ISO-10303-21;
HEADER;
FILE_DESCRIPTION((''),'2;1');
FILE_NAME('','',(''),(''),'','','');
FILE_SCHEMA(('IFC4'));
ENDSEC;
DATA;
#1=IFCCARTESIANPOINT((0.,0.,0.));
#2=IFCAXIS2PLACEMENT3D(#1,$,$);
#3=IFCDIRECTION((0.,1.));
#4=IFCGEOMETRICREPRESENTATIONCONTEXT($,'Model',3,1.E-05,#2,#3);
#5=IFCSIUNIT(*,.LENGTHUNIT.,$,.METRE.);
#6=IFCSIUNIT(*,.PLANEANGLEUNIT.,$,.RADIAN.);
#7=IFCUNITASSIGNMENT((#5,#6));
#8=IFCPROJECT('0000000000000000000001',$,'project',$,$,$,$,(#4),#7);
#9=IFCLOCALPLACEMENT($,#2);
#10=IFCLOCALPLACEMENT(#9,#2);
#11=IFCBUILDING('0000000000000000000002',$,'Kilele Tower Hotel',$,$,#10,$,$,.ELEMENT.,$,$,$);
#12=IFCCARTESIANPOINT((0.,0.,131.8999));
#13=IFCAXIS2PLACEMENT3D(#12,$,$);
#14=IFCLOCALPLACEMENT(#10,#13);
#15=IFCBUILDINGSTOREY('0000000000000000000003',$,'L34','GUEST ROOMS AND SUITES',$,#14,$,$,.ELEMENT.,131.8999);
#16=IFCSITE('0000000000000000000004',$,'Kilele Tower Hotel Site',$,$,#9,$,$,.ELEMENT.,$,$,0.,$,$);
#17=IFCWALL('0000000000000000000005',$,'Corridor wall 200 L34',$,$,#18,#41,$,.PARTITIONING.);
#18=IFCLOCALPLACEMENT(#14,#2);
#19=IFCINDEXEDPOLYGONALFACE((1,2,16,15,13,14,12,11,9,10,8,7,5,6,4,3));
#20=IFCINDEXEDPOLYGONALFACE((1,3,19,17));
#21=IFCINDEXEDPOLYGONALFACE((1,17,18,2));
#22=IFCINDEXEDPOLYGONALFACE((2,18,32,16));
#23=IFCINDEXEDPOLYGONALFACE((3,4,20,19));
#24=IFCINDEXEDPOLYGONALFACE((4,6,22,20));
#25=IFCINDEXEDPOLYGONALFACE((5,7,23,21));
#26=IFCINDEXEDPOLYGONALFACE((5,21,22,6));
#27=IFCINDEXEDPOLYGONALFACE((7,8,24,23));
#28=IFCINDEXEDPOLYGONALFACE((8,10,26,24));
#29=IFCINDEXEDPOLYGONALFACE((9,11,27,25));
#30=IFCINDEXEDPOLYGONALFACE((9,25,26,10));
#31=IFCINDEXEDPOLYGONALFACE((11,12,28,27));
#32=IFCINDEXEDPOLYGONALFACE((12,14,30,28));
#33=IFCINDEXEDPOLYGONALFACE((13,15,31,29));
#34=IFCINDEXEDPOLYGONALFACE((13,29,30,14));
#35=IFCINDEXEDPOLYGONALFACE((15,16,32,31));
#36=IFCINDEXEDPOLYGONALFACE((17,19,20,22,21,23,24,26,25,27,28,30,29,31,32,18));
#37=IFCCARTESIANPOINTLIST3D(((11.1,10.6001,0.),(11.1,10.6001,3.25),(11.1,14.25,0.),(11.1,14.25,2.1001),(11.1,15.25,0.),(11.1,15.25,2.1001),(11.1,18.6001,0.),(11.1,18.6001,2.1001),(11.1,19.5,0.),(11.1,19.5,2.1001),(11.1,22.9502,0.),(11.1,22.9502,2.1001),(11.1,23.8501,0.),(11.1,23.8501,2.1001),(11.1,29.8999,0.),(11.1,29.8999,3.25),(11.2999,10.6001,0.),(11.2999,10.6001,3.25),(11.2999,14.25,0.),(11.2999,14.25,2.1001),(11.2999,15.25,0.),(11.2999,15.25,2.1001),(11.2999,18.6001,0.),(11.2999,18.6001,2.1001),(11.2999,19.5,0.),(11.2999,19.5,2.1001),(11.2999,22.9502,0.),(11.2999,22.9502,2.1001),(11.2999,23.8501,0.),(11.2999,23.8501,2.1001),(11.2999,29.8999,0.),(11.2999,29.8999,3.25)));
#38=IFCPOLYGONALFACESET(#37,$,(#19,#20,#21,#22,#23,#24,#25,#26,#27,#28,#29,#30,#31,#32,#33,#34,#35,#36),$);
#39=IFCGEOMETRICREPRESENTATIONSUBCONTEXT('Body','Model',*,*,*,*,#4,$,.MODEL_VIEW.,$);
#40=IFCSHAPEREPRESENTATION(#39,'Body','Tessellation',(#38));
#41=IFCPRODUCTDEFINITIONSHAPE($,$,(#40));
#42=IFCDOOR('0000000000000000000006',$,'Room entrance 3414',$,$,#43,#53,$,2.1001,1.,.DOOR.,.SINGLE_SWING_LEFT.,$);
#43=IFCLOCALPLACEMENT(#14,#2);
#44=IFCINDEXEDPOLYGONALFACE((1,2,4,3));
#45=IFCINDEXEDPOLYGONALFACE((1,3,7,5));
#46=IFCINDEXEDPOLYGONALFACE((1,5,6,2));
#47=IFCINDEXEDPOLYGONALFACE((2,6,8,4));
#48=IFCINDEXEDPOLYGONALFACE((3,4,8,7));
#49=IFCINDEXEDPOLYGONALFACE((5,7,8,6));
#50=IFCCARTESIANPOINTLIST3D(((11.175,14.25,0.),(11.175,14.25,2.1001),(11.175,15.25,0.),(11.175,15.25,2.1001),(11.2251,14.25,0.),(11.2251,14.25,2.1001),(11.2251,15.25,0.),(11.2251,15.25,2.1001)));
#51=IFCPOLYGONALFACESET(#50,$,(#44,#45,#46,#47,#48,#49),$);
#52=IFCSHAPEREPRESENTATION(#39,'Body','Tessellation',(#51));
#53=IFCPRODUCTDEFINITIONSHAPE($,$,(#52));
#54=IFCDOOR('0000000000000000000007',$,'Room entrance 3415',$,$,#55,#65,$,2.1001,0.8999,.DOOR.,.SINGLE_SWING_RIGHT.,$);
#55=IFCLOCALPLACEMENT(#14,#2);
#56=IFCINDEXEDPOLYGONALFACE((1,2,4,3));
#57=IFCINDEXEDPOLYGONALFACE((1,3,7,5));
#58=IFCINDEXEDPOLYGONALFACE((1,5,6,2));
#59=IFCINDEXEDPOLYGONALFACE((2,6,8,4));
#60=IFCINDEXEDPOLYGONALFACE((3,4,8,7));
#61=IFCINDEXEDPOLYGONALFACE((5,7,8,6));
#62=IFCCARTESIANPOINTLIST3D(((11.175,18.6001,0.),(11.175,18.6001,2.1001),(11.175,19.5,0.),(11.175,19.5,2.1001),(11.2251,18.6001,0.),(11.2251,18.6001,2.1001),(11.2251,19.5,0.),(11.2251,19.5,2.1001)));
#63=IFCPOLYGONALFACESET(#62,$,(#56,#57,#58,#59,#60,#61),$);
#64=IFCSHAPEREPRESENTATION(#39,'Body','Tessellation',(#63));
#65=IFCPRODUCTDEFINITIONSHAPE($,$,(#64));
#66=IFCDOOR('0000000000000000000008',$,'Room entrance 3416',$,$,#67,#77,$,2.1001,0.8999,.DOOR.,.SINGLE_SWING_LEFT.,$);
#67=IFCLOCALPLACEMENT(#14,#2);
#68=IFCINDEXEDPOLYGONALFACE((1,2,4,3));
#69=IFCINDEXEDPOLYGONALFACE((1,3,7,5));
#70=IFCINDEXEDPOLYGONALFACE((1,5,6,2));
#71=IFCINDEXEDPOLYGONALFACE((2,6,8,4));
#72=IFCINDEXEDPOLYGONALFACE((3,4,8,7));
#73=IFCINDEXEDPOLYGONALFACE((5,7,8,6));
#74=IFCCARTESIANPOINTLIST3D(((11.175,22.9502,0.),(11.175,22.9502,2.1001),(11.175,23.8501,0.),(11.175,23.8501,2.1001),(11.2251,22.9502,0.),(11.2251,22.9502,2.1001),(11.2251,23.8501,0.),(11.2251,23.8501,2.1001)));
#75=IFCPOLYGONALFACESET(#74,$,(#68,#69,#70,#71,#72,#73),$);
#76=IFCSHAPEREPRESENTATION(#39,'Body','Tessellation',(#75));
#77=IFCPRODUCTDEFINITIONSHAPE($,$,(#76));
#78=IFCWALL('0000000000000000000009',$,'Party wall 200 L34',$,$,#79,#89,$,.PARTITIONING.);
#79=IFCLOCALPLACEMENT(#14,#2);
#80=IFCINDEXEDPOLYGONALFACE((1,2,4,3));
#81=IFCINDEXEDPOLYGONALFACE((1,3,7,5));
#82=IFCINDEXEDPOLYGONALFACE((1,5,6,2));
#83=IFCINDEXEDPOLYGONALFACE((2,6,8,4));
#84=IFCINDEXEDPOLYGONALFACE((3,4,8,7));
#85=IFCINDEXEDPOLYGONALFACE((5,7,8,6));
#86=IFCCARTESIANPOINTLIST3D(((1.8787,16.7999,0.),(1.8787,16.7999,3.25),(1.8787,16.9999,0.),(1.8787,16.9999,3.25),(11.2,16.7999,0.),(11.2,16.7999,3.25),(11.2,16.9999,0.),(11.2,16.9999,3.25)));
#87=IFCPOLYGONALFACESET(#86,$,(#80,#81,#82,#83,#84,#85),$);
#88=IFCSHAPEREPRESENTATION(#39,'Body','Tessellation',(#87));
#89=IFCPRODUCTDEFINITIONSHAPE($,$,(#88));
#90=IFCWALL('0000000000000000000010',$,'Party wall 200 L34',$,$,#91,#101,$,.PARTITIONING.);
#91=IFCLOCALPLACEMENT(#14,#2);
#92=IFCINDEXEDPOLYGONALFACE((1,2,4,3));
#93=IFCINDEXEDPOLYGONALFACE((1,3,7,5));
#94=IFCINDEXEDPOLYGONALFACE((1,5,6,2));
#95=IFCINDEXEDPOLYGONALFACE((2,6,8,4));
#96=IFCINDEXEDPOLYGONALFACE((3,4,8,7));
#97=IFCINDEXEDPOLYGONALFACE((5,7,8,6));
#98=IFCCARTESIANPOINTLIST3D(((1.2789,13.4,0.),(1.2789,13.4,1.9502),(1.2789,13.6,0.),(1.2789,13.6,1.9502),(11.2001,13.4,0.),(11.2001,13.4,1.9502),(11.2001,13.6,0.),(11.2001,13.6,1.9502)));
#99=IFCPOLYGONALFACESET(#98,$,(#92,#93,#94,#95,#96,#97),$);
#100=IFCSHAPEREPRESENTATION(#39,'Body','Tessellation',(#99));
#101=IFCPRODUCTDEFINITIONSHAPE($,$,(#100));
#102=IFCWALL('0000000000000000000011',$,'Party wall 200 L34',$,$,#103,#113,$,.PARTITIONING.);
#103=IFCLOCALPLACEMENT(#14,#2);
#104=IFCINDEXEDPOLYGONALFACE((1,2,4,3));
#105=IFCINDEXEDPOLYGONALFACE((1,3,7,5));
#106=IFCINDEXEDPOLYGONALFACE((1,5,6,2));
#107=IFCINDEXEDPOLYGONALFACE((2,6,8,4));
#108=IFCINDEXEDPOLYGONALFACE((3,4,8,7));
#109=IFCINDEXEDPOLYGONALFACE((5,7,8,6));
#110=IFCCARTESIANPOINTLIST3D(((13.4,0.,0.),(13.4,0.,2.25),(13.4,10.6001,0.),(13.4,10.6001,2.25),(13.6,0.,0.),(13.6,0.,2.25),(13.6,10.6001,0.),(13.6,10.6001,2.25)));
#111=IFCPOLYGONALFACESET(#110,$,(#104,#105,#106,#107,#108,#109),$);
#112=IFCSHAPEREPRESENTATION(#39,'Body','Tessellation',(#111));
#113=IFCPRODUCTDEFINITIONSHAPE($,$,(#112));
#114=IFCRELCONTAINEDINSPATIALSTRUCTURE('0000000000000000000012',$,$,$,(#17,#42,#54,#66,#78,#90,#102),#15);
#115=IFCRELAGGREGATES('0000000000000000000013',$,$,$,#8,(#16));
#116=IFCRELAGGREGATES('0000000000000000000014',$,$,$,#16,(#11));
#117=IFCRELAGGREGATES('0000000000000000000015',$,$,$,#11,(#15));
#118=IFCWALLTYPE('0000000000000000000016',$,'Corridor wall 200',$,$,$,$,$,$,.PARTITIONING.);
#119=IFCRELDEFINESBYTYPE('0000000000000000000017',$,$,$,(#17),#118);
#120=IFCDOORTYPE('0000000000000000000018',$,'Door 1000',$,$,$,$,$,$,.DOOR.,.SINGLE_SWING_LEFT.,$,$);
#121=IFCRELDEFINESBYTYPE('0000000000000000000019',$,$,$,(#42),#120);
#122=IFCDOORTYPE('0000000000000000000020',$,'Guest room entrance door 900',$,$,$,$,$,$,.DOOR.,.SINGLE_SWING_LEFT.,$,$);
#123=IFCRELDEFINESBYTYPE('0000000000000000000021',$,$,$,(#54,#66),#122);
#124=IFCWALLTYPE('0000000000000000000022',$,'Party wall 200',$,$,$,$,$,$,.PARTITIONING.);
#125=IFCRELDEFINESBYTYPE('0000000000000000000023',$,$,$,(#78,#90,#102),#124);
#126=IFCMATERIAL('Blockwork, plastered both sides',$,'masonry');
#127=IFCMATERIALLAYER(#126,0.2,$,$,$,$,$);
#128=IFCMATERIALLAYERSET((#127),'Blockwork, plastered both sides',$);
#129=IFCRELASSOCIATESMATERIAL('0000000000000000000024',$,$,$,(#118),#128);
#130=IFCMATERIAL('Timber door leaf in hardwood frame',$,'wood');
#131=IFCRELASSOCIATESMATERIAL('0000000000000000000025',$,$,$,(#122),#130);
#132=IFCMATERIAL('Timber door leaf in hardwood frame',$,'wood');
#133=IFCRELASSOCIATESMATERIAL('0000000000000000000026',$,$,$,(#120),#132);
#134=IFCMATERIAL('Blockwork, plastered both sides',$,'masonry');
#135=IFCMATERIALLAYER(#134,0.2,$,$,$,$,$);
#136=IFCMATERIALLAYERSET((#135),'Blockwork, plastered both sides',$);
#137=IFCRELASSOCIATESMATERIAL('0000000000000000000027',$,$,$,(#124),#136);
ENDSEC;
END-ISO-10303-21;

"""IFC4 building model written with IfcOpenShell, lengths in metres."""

from ifc_helpers import new_model, si_unit, direction, frame, frame_2d, origin, place, context, subcontext, project, spatial, rectangle, extrude, material, layer, layer_set, type_object, element, fill, save


model = new_model("IFC4")

# Units and contexts
model_context = context("Model", 3, precision=1e-05, world=origin(), true_north=direction((0.0, 1.0)))
body_context = subcontext(model_context, "Body", "Model", "MODEL_VIEW")
ifc_project = project(units=[si_unit("LENGTHUNIT", "METRE"), si_unit("PLANEANGLEUNIT", "RADIAN")], contexts=[model_context])

# Site, building, storey
site_placement = place(None, origin())
site = spatial("IfcSite", under=ifc_project, at=site_placement, Name="Kilele Tower Hotel Site", CompositionType="ELEMENT", RefElevation=0.0)
building_placement = place(site_placement, origin())
building = spatial("IfcBuilding", under=site, at=building_placement, Name="Kilele Tower Hotel", CompositionType="ELEMENT")
storey_placement = place(building_placement, frame((0.0, 0.0, 131.8999)))
storey = spatial("IfcBuildingStorey", under=building, at=storey_placement, Name="L34", Description="GUEST ROOMS AND SUITES", CompositionType="ELEMENT", Elevation=131.8999)

# Wall, openings, doors
ifc_material_1 = material(Name="Blockwork, plastered both sides", Category="masonry")
ifc_layer_1 = layer(ifc_material_1, 0.2)
ifc_layer_set_1 = layer_set([ifc_layer_1], Name="Blockwork, plastered both sides")
wall_type_1 = type_object("IfcWallType", Name="Corridor wall 200", PredefinedType="PARTITIONING", material=ifc_layer_set_1)
ifc_material_2 = material(Name="Timber door leaf in hardwood frame", Category="wood")
door_type_1 = type_object("IfcDoorType", Name="Guest room entrance door 900", OperationType="SINGLE_SWING_LEFT", PredefinedType="DOOR", material=ifc_material_2)
wall_1_placement = place(storey_placement, frame((11.2, 10.6001, 0.0), z_axis=(0.0, 0.0, 1.0), x_axis=(0.0, 1.0, 0.0)))
wall_1 = element("IfcWall", 1, at=wall_1_placement, inside=storey, type_object=wall_type_1, Name="Corridor wall 200 L34", PredefinedType="PARTITIONING", context=body_context, shape_type="SweptSolid", body=[
    extrude(rectangle(XDim=19.2998, YDim=0.2, at=frame_2d((9.6499, 0.0))), origin(), (0.0, 0.0, 1.0), 3.25),
])
opening_1_placement = place(wall_1_placement, frame((3.6499, 0.0, 0.0)))
opening_1 = element("IfcOpeningElement", 2, at=opening_1_placement, cuts=wall_1, PredefinedType="OPENING", context=body_context, shape_type="SweptSolid", body=[
    extrude(rectangle(XDim=1.0, YDim=2.1001, at=frame_2d((0.5, 1.05))), frame((0.0, 0.1099, 0.0), z_axis=(0.0, -1.0, 0.0), x_axis=(1.0, 0.0, 0.0)), (0.0, 0.0, 1.0), 0.22),
])
opening_2_placement = place(wall_1_placement, frame((8.0, 0.0, 0.0)))
opening_2 = element("IfcOpeningElement", 3, at=opening_2_placement, cuts=wall_1, PredefinedType="OPENING", context=body_context, shape_type="SweptSolid", body=[
    extrude(rectangle(XDim=0.8999, YDim=2.1001, at=frame_2d((0.45, 1.05))), frame((0.0, 0.1099, 0.0), z_axis=(0.0, -1.0, 0.0), x_axis=(1.0, 0.0, 0.0)), (0.0, 0.0, 1.0), 0.22),
])
opening_3_placement = place(wall_1_placement, frame((12.3501, 0.0, 0.0)))
opening_3 = element("IfcOpeningElement", 4, at=opening_3_placement, cuts=wall_1, PredefinedType="OPENING", context=body_context, shape_type="SweptSolid", body=[
    extrude(rectangle(XDim=0.8999, YDim=2.1001, at=frame_2d((0.45, 1.05))), frame((0.0, 0.1099, 0.0), z_axis=(0.0, -1.0, 0.0), x_axis=(1.0, 0.0, 0.0)), (0.0, 0.0, 1.0), 0.22),
])
ifc_material_3 = material(Name="Timber door leaf in hardwood frame", Category="wood")
door_type_2 = type_object("IfcDoorType", Name="Door 1000", OperationType="SINGLE_SWING_LEFT", PredefinedType="DOOR", material=ifc_material_3)
door_1_placement = place(opening_1_placement, origin())
door_1 = element("IfcDoor", 5, at=door_1_placement, inside=storey, type_object=door_type_2, Name="Room entrance 3414", OperationType="SINGLE_SWING_LEFT", OverallHeight=2.1001, OverallWidth=1.0, PredefinedType="DOOR", context=body_context, shape_type="SweptSolid", body=[
    extrude(rectangle(XDim=1.0, YDim=2.1001, at=frame_2d((0.5, 1.05))), frame((0.0, 0.0249, 0.0), z_axis=(0.0, -1.0, 0.0), x_axis=(1.0, 0.0, 0.0)), (0.0, 0.0, 1.0), 0.05),
])
fill(opening_1, door_1)
door_2_placement = place(opening_2_placement, origin())
door_2 = element("IfcDoor", 6, at=door_2_placement, inside=storey, type_object=door_type_1, Name="Room entrance 3415", OperationType="SINGLE_SWING_RIGHT", OverallHeight=2.1001, OverallWidth=0.8999, PredefinedType="DOOR", context=body_context, shape_type="SweptSolid", body=[
    extrude(rectangle(XDim=0.8999, YDim=2.1001, at=frame_2d((0.45, 1.05))), frame((0.0, 0.0249, 0.0), z_axis=(0.0, -1.0, 0.0), x_axis=(1.0, 0.0, 0.0)), (0.0, 0.0, 1.0), 0.05),
])
fill(opening_2, door_2)
door_3_placement = place(opening_3_placement, origin())
door_3 = element("IfcDoor", 7, at=door_3_placement, inside=storey, type_object=door_type_1, Name="Room entrance 3416", OperationType="SINGLE_SWING_LEFT", OverallHeight=2.1001, OverallWidth=0.8999, PredefinedType="DOOR", context=body_context, shape_type="SweptSolid", body=[
    extrude(rectangle(XDim=0.8999, YDim=2.1001, at=frame_2d((0.45, 1.05))), frame((0.0, 0.0249, 0.0), z_axis=(0.0, -1.0, 0.0), x_axis=(1.0, 0.0, 0.0)), (0.0, 0.0, 1.0), 0.05),
])
fill(opening_3, door_3)

# Walls
ifc_material_4 = material(Name="Blockwork, plastered both sides", Category="masonry")
ifc_layer_2 = layer(ifc_material_4, 0.2)
ifc_layer_set_2 = layer_set([ifc_layer_2], Name="Blockwork, plastered both sides")
wall_type_2 = type_object("IfcWallType", Name="Party wall 200", PredefinedType="PARTITIONING", material=ifc_layer_set_2)
wall_2_placement = place(storey_placement, frame((11.2, 16.8999, 0.0), z_axis=(0.0, 0.0, 1.0), x_axis=(-1.0, 0.0, 0.0)))
element("IfcWall", 8, at=wall_2_placement, inside=storey, type_object=wall_type_2, Name="Party wall 200 L34", PredefinedType="PARTITIONING", context=body_context, shape_type="SweptSolid", body=[
    extrude(rectangle(XDim=9.3213, YDim=0.2, at=frame_2d((4.6606, 0.0))), origin(), (0.0, 0.0, 1.0), 3.25),
])
wall_3_placement = place(storey_placement, frame((11.2, 13.5, 0.0), z_axis=(0.0, 0.0, 1.0), x_axis=(-1.0, 0.0, 0.0)))
element("IfcWall", 9, at=wall_3_placement, inside=storey, type_object=wall_type_2, Name="Party wall 200 L34", PredefinedType="PARTITIONING", context=body_context, shape_type="SweptSolid", body=[
    extrude(rectangle(XDim=9.9211, YDim=0.2, at=frame_2d((4.9604, 0.0))), origin(), (0.0, 0.0, 1.0), 1.9502),
])
wall_4_placement = place(storey_placement, frame((13.5, 10.6001, 0.0), z_axis=(0.0, 0.0, 1.0), x_axis=(0.0, -1.0, 0.0)))
element("IfcWall", 10, at=wall_4_placement, inside=storey, type_object=wall_type_2, Name="Party wall 200 L34", PredefinedType="PARTITIONING", context=body_context, shape_type="SweptSolid", body=[
    extrude(rectangle(XDim=10.6001, YDim=0.2, at=frame_2d((5.3, 0.0))), origin(), (0.0, 0.0, 1.0), 2.25),
])

save(model, "model.ifc")
